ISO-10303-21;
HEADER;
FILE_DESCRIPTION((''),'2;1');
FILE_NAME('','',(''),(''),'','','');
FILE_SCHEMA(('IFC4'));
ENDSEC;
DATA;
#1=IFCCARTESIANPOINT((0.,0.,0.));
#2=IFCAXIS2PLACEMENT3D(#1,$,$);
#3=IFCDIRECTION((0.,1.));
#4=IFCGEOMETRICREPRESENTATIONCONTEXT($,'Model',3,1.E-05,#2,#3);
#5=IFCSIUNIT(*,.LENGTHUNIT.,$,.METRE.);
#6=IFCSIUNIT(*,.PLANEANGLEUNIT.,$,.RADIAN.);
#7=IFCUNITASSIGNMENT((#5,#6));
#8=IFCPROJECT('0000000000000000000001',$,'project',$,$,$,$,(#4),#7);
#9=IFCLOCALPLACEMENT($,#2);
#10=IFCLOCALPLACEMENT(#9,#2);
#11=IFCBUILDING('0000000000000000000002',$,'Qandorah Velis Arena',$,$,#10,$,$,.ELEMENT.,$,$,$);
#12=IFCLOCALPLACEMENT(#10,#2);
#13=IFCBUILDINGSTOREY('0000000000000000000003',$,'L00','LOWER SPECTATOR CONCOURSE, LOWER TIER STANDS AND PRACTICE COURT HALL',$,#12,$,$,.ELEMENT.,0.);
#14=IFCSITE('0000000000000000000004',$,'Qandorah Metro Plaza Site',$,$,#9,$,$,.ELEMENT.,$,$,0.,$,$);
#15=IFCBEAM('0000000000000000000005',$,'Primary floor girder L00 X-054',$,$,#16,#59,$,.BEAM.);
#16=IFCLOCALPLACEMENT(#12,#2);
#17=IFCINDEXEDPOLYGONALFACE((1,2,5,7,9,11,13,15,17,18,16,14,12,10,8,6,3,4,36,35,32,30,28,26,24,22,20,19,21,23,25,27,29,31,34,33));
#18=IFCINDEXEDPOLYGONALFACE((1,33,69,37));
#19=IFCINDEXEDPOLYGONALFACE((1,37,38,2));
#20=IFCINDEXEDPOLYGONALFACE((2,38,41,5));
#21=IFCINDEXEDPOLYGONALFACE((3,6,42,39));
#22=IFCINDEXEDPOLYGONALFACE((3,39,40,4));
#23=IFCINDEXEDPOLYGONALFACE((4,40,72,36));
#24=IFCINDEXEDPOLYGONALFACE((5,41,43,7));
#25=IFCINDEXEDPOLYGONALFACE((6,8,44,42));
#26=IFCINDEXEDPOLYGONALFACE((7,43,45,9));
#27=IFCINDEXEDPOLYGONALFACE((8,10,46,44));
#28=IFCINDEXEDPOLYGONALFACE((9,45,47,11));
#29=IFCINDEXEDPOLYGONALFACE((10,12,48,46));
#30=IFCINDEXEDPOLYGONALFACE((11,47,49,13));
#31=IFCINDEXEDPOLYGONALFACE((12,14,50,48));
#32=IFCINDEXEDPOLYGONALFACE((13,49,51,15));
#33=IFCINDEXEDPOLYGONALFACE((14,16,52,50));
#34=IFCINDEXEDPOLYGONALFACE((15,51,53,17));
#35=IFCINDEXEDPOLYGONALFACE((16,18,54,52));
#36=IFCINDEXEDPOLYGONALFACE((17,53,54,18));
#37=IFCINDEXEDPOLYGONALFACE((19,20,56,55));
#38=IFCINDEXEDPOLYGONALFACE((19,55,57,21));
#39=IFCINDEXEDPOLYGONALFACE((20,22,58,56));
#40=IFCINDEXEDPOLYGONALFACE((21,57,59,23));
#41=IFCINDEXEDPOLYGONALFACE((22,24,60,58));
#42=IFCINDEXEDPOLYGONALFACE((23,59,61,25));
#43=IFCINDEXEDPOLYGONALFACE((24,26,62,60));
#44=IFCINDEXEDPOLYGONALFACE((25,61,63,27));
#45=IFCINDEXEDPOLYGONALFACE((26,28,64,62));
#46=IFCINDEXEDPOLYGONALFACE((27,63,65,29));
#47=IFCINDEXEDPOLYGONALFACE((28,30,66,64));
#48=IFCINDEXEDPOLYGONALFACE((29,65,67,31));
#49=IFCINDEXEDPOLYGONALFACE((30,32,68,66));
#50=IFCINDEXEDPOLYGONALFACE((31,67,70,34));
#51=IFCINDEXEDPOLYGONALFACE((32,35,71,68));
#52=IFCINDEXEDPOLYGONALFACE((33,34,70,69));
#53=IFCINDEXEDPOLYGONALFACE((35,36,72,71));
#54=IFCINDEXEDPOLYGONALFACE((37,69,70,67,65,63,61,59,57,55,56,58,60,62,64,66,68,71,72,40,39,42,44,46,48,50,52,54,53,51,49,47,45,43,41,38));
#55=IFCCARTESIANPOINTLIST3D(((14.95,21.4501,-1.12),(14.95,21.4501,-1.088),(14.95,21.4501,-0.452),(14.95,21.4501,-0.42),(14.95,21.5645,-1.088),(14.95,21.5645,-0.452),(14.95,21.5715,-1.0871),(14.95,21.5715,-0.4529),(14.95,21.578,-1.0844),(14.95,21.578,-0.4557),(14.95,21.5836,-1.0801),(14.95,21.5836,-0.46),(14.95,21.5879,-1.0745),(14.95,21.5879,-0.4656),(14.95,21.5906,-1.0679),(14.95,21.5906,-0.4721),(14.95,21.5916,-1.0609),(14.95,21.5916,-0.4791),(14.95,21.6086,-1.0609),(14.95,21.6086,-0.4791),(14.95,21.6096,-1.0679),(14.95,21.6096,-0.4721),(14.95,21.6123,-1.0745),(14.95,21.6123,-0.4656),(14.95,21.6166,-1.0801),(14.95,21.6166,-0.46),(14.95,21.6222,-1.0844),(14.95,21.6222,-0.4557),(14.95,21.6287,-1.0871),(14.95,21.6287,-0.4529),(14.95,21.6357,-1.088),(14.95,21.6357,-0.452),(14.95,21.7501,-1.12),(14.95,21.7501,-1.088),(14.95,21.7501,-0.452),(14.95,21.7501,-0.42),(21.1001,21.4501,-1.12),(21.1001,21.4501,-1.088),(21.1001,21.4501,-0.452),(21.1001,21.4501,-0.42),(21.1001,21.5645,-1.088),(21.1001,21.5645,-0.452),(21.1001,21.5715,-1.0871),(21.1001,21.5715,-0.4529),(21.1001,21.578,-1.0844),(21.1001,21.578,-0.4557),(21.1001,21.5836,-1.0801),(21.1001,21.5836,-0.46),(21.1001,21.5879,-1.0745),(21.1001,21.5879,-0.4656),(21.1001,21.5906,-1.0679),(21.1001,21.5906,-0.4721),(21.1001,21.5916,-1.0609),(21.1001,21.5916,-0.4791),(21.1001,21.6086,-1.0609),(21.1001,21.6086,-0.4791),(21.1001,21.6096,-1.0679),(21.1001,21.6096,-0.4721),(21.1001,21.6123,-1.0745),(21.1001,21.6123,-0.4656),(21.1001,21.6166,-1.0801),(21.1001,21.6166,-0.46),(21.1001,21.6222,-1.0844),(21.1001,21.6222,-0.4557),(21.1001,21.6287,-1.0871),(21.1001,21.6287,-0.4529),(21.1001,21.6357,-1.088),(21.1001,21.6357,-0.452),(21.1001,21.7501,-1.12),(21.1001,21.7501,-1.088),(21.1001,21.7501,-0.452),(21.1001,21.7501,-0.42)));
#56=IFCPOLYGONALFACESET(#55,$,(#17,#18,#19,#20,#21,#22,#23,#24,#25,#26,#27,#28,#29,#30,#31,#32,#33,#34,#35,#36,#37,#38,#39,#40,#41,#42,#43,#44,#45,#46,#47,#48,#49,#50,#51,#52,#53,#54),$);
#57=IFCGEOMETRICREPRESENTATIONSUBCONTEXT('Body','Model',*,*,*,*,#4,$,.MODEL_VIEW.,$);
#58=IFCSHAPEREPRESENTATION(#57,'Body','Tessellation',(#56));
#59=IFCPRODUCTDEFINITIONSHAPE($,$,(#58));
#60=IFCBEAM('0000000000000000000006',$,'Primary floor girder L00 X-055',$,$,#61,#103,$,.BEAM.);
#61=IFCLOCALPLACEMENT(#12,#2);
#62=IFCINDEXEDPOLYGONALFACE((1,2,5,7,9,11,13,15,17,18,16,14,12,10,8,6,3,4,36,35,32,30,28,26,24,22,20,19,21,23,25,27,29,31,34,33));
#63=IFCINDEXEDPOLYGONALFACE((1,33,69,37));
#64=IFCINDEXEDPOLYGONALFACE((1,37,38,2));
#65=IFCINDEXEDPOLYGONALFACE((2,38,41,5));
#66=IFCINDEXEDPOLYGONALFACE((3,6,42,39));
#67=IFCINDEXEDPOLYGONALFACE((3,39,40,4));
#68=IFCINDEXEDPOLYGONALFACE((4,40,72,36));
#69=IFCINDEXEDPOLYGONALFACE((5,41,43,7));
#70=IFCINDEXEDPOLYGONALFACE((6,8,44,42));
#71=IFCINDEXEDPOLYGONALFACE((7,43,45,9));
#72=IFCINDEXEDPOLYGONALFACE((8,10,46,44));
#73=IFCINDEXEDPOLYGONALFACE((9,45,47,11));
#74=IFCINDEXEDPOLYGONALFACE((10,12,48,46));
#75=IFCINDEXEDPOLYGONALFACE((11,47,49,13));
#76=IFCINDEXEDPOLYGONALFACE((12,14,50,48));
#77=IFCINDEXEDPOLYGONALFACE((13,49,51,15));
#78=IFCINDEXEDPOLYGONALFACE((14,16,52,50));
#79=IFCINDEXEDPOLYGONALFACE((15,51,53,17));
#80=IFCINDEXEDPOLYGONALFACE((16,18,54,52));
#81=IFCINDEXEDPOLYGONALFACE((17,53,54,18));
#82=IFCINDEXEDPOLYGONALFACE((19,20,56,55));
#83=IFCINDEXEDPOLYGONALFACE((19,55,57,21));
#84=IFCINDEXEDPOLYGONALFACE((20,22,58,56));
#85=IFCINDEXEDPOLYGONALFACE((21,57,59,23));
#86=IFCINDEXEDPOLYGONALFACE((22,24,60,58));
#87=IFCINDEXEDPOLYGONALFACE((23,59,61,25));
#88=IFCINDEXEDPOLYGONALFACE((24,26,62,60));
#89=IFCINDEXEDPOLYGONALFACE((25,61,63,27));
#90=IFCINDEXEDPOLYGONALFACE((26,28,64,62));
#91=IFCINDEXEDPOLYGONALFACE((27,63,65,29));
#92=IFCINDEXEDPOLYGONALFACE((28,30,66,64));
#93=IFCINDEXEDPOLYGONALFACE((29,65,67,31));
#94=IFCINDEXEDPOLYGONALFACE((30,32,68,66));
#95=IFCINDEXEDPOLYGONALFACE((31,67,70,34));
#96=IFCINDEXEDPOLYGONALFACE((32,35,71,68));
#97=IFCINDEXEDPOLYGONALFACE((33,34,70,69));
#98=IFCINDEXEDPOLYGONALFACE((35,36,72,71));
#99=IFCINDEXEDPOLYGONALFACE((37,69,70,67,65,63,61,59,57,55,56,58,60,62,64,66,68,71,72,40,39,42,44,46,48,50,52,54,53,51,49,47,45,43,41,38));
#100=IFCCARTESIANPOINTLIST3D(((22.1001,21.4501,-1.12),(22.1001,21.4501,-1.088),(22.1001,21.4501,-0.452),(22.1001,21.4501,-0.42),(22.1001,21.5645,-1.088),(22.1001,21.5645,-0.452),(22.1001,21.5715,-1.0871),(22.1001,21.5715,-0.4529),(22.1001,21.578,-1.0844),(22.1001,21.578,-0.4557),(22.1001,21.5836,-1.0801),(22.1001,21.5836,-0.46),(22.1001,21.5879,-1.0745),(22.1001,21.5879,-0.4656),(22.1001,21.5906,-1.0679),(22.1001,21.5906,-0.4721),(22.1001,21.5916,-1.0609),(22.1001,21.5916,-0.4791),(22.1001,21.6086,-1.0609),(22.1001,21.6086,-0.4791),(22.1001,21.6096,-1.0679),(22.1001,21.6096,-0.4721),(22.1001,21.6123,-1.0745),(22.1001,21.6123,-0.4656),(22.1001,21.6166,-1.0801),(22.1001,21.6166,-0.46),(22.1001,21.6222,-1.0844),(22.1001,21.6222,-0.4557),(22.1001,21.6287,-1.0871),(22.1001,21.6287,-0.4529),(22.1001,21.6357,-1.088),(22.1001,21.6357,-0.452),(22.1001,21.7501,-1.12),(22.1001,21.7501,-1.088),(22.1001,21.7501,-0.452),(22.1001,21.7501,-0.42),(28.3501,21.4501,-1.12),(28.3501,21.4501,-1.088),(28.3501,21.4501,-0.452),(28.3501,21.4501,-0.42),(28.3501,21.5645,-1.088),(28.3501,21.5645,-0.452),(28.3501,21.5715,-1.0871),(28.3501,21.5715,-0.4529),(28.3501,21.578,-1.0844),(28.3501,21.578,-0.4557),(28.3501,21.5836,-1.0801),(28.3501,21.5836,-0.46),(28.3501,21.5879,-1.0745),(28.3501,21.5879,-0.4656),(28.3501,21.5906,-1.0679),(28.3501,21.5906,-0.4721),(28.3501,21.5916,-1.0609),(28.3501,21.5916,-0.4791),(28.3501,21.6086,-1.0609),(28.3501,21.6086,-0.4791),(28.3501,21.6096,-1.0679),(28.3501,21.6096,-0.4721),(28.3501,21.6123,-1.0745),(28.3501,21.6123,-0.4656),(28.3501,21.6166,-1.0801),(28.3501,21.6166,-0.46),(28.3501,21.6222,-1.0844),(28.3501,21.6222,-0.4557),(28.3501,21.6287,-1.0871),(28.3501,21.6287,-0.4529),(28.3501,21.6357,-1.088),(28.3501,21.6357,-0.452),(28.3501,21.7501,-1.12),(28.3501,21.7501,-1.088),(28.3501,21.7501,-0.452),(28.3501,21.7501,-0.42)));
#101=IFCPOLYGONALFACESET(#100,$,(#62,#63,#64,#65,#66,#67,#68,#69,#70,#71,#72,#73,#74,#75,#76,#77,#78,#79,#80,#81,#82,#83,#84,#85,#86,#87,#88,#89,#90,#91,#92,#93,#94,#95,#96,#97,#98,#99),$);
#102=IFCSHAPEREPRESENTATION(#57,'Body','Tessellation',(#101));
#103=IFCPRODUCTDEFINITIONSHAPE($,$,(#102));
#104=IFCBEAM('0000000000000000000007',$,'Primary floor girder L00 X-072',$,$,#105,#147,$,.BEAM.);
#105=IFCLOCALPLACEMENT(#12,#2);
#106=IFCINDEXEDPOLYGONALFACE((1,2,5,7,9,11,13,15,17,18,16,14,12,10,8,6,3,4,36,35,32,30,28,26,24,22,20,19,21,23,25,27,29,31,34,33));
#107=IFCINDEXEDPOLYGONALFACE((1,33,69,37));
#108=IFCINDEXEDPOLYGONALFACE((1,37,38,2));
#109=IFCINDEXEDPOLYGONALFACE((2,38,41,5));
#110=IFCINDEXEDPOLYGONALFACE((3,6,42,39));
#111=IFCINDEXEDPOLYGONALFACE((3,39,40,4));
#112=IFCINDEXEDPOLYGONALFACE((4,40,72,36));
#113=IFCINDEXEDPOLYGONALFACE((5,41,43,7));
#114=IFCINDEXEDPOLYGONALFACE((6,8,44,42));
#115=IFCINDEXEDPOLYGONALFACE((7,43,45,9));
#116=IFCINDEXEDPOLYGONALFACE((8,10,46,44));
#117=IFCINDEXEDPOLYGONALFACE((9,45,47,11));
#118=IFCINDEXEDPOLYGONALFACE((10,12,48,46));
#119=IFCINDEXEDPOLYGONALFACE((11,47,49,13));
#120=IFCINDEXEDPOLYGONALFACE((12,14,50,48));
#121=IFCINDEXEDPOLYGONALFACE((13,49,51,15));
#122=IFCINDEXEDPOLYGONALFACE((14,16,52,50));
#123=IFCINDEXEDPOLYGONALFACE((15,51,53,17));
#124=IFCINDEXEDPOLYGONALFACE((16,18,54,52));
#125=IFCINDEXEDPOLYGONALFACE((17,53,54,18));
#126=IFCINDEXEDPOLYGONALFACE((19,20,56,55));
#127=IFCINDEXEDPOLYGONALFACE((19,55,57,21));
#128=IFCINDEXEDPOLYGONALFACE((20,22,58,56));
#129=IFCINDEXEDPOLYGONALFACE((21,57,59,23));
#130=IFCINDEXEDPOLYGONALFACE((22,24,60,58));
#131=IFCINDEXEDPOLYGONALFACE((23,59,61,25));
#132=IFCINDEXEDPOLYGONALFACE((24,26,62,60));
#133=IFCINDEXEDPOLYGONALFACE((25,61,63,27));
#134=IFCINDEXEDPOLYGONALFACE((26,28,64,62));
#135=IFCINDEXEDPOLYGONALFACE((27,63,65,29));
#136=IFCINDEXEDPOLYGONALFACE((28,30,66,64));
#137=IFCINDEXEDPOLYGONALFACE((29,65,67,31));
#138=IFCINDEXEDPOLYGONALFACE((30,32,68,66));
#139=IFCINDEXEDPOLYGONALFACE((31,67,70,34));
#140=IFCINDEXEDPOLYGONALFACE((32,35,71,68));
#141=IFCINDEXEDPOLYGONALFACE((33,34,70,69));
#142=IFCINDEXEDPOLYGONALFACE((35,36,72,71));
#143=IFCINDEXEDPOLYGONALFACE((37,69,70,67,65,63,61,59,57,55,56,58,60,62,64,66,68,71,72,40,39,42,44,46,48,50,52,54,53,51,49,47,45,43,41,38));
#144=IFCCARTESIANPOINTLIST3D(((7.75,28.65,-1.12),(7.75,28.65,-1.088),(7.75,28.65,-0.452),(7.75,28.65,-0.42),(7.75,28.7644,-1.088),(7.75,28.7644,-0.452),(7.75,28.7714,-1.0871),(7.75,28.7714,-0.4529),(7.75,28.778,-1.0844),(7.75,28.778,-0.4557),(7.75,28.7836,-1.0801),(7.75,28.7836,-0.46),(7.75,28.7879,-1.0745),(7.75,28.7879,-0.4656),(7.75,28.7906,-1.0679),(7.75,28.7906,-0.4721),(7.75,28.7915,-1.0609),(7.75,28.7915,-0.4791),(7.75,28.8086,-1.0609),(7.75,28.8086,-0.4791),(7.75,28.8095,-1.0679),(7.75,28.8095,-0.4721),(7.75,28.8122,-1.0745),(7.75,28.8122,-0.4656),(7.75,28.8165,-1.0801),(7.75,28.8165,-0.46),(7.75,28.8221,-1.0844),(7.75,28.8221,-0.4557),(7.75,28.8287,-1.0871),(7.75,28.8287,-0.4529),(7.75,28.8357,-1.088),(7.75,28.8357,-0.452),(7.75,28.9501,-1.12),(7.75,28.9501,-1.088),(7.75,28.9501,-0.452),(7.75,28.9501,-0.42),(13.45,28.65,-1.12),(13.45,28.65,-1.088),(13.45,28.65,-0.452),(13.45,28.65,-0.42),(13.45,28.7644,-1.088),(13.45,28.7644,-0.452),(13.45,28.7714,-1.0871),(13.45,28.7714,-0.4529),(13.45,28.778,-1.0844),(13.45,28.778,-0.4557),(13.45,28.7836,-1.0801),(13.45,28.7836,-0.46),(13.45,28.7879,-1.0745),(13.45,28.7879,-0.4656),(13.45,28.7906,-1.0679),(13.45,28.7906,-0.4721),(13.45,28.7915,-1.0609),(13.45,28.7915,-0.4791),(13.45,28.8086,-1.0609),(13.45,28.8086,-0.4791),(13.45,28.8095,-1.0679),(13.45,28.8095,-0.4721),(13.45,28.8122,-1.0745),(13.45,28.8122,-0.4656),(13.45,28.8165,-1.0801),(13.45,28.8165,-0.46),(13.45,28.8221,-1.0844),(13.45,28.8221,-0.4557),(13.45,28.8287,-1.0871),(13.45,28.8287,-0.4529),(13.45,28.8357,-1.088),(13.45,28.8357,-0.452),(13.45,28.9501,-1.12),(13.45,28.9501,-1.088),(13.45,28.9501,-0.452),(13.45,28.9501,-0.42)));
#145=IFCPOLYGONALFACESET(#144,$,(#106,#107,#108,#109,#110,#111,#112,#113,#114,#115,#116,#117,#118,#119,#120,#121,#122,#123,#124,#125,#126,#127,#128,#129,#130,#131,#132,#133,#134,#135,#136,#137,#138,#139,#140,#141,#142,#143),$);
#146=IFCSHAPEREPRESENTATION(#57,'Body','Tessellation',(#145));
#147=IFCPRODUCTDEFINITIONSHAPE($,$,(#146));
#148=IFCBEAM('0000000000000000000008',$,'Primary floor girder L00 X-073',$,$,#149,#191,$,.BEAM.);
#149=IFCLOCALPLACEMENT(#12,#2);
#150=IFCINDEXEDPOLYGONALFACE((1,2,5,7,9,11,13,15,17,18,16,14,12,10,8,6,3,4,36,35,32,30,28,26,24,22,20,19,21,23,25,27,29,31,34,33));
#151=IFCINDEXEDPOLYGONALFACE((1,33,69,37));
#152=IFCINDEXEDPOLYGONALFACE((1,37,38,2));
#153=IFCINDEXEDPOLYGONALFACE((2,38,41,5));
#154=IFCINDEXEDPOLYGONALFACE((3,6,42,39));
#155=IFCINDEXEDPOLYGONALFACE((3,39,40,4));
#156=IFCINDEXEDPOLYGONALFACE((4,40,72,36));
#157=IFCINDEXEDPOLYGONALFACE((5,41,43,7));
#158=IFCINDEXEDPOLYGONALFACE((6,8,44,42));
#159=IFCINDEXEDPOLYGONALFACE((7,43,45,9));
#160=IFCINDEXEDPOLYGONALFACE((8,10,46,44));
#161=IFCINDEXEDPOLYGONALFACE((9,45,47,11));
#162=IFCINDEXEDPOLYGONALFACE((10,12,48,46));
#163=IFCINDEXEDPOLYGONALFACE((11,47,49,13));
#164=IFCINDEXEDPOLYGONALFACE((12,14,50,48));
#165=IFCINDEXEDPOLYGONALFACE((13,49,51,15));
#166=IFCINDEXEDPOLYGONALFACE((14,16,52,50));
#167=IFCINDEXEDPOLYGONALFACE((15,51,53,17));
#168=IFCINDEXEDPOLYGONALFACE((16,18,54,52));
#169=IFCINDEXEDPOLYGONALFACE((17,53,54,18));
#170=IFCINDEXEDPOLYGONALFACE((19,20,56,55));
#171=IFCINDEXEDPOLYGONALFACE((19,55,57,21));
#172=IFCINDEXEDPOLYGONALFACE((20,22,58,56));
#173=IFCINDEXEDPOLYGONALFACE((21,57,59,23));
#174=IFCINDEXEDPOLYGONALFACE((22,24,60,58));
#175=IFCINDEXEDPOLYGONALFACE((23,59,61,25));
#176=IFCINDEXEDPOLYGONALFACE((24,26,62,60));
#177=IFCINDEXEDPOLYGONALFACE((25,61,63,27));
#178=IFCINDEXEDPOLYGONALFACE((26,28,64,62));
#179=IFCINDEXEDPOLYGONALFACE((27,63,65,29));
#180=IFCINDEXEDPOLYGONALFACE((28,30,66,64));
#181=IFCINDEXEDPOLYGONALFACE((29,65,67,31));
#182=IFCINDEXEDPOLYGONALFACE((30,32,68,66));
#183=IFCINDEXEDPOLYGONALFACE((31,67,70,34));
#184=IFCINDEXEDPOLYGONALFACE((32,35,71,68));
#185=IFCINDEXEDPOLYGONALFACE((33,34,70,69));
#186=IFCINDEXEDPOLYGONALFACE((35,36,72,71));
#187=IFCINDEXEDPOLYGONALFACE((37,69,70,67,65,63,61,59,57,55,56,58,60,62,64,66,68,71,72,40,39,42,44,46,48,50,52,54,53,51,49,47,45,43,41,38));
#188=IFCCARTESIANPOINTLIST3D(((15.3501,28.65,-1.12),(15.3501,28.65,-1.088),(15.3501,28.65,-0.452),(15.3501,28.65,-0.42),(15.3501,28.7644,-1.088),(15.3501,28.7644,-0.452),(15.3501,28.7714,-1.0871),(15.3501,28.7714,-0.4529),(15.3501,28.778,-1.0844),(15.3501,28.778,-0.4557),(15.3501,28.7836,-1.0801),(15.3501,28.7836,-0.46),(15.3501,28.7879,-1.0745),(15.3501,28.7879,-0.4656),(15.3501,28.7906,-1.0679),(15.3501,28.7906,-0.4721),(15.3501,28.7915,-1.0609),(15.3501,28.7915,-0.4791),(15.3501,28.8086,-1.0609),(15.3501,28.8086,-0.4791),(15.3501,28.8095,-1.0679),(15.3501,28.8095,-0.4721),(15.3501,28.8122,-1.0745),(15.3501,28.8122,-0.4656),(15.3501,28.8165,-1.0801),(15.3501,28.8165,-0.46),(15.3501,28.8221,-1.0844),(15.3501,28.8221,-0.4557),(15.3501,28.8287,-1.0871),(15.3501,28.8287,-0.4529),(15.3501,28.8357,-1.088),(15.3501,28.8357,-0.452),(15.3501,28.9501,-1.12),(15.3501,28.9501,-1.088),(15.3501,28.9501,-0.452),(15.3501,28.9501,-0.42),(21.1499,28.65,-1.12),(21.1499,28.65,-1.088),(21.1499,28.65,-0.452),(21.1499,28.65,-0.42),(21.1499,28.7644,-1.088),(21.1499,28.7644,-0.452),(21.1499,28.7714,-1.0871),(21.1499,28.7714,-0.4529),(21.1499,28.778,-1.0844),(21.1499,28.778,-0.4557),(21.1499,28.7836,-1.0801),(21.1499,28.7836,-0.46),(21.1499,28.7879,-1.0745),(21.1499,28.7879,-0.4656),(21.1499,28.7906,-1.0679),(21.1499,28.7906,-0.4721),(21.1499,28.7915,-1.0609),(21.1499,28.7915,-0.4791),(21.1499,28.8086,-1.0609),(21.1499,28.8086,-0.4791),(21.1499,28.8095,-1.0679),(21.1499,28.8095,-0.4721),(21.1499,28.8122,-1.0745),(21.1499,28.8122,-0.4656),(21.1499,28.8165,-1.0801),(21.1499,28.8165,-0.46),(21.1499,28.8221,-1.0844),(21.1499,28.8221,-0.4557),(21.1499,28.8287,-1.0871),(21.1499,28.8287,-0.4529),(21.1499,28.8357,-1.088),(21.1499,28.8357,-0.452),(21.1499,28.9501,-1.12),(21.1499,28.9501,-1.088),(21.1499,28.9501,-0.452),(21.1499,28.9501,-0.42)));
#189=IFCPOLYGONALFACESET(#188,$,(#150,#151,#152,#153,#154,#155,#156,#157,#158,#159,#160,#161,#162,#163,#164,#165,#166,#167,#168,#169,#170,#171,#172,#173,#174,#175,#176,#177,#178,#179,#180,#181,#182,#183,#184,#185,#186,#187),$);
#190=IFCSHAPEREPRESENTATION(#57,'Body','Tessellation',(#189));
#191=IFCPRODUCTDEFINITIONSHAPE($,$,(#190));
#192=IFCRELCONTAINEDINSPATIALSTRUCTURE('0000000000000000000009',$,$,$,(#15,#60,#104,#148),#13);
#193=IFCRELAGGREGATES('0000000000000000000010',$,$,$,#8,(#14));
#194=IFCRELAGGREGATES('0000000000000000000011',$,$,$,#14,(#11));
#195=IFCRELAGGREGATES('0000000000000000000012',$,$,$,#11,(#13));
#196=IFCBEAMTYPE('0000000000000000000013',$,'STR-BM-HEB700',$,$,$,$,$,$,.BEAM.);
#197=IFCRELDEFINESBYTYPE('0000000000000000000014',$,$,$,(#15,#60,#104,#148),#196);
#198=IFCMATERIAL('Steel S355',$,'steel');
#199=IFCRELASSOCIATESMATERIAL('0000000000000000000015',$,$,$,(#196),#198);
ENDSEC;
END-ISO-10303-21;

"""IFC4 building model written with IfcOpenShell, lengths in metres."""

from ifc_helpers import new_model, si_unit, direction, frame, origin, origin_2d, place, context, subcontext, project, spatial, i_section, extrude, material, material_profile, profile_set, type_object, element, save


model = new_model("IFC4")

# Units and contexts
model_context = context("Model", 3, precision=1e-05, world=origin(), true_north=direction((0.0, 1.0)))
body_context = subcontext(model_context, "Body", "Model", "MODEL_VIEW")
ifc_project = project(units=[si_unit("LENGTHUNIT", "METRE"), si_unit("PLANEANGLEUNIT", "RADIAN")], contexts=[model_context])

# Site, building, storey
site_placement = place(None, origin())
site = spatial("IfcSite", under=ifc_project, at=site_placement, Name="Qandorah Metro Plaza Site", CompositionType="ELEMENT", RefElevation=0.0)
building_placement = place(site_placement, origin())
building = spatial("IfcBuilding", under=site, at=building_placement, Name="Qandorah Velis Arena", CompositionType="ELEMENT")
storey_placement = place(building_placement, origin())
storey = spatial("IfcBuildingStorey", under=building, at=storey_placement, Name="L00", Description="LOWER SPECTATOR CONCOURSE, LOWER TIER STANDS AND PRACTICE COURT HALL", CompositionType="ELEMENT", Elevation=0.0)

# Beams
ifc_material_1 = material(Name="Steel S355", Category="steel")
ifc_material_profile_1 = material_profile(ifc_material_1, i_section(OverallWidth=0.3, OverallDepth=0.7, WebThickness=0.0171, FlangeThickness=0.032, FilletRadius=0.0271, at=origin_2d()), Name="HEB 700")
ifc_profile_set_1 = profile_set([ifc_material_profile_1], Name="Steel S355")
beam_type_1 = type_object("IfcBeamType", Name="STR-BM-HEB700", PredefinedType="BEAM", material=ifc_profile_set_1)
beam_1_placement = place(storey_placement, frame((14.95, 21.6001, -0.77), z_axis=(1.0, 0.0, 0.0), x_axis=(0.0, 1.0, 0.0)))
element("IfcBeam", 1, at=beam_1_placement, inside=storey, type_object=beam_type_1, Name="Primary floor girder L00 X-054", PredefinedType="BEAM", context=body_context, shape_type="SweptSolid", body=[
    extrude(i_section(OverallWidth=0.3, OverallDepth=0.7, WebThickness=0.0171, FlangeThickness=0.032, FilletRadius=0.0271, at=origin_2d()), origin(), (0.0, 0.0, 1.0), 6.1501),
])
beam_2_placement = place(storey_placement, frame((22.1001, 21.6001, -0.77), z_axis=(1.0, 0.0, 0.0), x_axis=(0.0, 1.0, 0.0)))
element("IfcBeam", 2, at=beam_2_placement, inside=storey, type_object=beam_type_1, Name="Primary floor girder L00 X-055", PredefinedType="BEAM", context=body_context, shape_type="SweptSolid", body=[
    extrude(i_section(OverallWidth=0.3, OverallDepth=0.7, WebThickness=0.0171, FlangeThickness=0.032, FilletRadius=0.0271, at=origin_2d()), origin(), (0.0, 0.0, 1.0), 6.25),
])
beam_3_placement = place(storey_placement, frame((7.75, 28.8, -0.77), z_axis=(1.0, 0.0, 0.0), x_axis=(0.0, 1.0, 0.0)))
element("IfcBeam", 3, at=beam_3_placement, inside=storey, type_object=beam_type_1, Name="Primary floor girder L00 X-072", PredefinedType="BEAM", context=body_context, shape_type="SweptSolid", body=[
    extrude(i_section(OverallWidth=0.3, OverallDepth=0.7, WebThickness=0.0171, FlangeThickness=0.032, FilletRadius=0.0271, at=origin_2d()), origin(), (0.0, 0.0, 1.0), 5.7),
])
beam_4_placement = place(storey_placement, frame((15.3501, 28.8, -0.77), z_axis=(1.0, 0.0, 0.0), x_axis=(0.0, 1.0, 0.0)))
element("IfcBeam", 4, at=beam_4_placement, inside=storey, type_object=beam_type_1, Name="Primary floor girder L00 X-073", PredefinedType="BEAM", context=body_context, shape_type="SweptSolid", body=[
    extrude(i_section(OverallWidth=0.3, OverallDepth=0.7, WebThickness=0.0171, FlangeThickness=0.032, FilletRadius=0.0271, at=origin_2d()), origin(), (0.0, 0.0, 1.0), 5.7998),
])

save(model, "model.ifc")
